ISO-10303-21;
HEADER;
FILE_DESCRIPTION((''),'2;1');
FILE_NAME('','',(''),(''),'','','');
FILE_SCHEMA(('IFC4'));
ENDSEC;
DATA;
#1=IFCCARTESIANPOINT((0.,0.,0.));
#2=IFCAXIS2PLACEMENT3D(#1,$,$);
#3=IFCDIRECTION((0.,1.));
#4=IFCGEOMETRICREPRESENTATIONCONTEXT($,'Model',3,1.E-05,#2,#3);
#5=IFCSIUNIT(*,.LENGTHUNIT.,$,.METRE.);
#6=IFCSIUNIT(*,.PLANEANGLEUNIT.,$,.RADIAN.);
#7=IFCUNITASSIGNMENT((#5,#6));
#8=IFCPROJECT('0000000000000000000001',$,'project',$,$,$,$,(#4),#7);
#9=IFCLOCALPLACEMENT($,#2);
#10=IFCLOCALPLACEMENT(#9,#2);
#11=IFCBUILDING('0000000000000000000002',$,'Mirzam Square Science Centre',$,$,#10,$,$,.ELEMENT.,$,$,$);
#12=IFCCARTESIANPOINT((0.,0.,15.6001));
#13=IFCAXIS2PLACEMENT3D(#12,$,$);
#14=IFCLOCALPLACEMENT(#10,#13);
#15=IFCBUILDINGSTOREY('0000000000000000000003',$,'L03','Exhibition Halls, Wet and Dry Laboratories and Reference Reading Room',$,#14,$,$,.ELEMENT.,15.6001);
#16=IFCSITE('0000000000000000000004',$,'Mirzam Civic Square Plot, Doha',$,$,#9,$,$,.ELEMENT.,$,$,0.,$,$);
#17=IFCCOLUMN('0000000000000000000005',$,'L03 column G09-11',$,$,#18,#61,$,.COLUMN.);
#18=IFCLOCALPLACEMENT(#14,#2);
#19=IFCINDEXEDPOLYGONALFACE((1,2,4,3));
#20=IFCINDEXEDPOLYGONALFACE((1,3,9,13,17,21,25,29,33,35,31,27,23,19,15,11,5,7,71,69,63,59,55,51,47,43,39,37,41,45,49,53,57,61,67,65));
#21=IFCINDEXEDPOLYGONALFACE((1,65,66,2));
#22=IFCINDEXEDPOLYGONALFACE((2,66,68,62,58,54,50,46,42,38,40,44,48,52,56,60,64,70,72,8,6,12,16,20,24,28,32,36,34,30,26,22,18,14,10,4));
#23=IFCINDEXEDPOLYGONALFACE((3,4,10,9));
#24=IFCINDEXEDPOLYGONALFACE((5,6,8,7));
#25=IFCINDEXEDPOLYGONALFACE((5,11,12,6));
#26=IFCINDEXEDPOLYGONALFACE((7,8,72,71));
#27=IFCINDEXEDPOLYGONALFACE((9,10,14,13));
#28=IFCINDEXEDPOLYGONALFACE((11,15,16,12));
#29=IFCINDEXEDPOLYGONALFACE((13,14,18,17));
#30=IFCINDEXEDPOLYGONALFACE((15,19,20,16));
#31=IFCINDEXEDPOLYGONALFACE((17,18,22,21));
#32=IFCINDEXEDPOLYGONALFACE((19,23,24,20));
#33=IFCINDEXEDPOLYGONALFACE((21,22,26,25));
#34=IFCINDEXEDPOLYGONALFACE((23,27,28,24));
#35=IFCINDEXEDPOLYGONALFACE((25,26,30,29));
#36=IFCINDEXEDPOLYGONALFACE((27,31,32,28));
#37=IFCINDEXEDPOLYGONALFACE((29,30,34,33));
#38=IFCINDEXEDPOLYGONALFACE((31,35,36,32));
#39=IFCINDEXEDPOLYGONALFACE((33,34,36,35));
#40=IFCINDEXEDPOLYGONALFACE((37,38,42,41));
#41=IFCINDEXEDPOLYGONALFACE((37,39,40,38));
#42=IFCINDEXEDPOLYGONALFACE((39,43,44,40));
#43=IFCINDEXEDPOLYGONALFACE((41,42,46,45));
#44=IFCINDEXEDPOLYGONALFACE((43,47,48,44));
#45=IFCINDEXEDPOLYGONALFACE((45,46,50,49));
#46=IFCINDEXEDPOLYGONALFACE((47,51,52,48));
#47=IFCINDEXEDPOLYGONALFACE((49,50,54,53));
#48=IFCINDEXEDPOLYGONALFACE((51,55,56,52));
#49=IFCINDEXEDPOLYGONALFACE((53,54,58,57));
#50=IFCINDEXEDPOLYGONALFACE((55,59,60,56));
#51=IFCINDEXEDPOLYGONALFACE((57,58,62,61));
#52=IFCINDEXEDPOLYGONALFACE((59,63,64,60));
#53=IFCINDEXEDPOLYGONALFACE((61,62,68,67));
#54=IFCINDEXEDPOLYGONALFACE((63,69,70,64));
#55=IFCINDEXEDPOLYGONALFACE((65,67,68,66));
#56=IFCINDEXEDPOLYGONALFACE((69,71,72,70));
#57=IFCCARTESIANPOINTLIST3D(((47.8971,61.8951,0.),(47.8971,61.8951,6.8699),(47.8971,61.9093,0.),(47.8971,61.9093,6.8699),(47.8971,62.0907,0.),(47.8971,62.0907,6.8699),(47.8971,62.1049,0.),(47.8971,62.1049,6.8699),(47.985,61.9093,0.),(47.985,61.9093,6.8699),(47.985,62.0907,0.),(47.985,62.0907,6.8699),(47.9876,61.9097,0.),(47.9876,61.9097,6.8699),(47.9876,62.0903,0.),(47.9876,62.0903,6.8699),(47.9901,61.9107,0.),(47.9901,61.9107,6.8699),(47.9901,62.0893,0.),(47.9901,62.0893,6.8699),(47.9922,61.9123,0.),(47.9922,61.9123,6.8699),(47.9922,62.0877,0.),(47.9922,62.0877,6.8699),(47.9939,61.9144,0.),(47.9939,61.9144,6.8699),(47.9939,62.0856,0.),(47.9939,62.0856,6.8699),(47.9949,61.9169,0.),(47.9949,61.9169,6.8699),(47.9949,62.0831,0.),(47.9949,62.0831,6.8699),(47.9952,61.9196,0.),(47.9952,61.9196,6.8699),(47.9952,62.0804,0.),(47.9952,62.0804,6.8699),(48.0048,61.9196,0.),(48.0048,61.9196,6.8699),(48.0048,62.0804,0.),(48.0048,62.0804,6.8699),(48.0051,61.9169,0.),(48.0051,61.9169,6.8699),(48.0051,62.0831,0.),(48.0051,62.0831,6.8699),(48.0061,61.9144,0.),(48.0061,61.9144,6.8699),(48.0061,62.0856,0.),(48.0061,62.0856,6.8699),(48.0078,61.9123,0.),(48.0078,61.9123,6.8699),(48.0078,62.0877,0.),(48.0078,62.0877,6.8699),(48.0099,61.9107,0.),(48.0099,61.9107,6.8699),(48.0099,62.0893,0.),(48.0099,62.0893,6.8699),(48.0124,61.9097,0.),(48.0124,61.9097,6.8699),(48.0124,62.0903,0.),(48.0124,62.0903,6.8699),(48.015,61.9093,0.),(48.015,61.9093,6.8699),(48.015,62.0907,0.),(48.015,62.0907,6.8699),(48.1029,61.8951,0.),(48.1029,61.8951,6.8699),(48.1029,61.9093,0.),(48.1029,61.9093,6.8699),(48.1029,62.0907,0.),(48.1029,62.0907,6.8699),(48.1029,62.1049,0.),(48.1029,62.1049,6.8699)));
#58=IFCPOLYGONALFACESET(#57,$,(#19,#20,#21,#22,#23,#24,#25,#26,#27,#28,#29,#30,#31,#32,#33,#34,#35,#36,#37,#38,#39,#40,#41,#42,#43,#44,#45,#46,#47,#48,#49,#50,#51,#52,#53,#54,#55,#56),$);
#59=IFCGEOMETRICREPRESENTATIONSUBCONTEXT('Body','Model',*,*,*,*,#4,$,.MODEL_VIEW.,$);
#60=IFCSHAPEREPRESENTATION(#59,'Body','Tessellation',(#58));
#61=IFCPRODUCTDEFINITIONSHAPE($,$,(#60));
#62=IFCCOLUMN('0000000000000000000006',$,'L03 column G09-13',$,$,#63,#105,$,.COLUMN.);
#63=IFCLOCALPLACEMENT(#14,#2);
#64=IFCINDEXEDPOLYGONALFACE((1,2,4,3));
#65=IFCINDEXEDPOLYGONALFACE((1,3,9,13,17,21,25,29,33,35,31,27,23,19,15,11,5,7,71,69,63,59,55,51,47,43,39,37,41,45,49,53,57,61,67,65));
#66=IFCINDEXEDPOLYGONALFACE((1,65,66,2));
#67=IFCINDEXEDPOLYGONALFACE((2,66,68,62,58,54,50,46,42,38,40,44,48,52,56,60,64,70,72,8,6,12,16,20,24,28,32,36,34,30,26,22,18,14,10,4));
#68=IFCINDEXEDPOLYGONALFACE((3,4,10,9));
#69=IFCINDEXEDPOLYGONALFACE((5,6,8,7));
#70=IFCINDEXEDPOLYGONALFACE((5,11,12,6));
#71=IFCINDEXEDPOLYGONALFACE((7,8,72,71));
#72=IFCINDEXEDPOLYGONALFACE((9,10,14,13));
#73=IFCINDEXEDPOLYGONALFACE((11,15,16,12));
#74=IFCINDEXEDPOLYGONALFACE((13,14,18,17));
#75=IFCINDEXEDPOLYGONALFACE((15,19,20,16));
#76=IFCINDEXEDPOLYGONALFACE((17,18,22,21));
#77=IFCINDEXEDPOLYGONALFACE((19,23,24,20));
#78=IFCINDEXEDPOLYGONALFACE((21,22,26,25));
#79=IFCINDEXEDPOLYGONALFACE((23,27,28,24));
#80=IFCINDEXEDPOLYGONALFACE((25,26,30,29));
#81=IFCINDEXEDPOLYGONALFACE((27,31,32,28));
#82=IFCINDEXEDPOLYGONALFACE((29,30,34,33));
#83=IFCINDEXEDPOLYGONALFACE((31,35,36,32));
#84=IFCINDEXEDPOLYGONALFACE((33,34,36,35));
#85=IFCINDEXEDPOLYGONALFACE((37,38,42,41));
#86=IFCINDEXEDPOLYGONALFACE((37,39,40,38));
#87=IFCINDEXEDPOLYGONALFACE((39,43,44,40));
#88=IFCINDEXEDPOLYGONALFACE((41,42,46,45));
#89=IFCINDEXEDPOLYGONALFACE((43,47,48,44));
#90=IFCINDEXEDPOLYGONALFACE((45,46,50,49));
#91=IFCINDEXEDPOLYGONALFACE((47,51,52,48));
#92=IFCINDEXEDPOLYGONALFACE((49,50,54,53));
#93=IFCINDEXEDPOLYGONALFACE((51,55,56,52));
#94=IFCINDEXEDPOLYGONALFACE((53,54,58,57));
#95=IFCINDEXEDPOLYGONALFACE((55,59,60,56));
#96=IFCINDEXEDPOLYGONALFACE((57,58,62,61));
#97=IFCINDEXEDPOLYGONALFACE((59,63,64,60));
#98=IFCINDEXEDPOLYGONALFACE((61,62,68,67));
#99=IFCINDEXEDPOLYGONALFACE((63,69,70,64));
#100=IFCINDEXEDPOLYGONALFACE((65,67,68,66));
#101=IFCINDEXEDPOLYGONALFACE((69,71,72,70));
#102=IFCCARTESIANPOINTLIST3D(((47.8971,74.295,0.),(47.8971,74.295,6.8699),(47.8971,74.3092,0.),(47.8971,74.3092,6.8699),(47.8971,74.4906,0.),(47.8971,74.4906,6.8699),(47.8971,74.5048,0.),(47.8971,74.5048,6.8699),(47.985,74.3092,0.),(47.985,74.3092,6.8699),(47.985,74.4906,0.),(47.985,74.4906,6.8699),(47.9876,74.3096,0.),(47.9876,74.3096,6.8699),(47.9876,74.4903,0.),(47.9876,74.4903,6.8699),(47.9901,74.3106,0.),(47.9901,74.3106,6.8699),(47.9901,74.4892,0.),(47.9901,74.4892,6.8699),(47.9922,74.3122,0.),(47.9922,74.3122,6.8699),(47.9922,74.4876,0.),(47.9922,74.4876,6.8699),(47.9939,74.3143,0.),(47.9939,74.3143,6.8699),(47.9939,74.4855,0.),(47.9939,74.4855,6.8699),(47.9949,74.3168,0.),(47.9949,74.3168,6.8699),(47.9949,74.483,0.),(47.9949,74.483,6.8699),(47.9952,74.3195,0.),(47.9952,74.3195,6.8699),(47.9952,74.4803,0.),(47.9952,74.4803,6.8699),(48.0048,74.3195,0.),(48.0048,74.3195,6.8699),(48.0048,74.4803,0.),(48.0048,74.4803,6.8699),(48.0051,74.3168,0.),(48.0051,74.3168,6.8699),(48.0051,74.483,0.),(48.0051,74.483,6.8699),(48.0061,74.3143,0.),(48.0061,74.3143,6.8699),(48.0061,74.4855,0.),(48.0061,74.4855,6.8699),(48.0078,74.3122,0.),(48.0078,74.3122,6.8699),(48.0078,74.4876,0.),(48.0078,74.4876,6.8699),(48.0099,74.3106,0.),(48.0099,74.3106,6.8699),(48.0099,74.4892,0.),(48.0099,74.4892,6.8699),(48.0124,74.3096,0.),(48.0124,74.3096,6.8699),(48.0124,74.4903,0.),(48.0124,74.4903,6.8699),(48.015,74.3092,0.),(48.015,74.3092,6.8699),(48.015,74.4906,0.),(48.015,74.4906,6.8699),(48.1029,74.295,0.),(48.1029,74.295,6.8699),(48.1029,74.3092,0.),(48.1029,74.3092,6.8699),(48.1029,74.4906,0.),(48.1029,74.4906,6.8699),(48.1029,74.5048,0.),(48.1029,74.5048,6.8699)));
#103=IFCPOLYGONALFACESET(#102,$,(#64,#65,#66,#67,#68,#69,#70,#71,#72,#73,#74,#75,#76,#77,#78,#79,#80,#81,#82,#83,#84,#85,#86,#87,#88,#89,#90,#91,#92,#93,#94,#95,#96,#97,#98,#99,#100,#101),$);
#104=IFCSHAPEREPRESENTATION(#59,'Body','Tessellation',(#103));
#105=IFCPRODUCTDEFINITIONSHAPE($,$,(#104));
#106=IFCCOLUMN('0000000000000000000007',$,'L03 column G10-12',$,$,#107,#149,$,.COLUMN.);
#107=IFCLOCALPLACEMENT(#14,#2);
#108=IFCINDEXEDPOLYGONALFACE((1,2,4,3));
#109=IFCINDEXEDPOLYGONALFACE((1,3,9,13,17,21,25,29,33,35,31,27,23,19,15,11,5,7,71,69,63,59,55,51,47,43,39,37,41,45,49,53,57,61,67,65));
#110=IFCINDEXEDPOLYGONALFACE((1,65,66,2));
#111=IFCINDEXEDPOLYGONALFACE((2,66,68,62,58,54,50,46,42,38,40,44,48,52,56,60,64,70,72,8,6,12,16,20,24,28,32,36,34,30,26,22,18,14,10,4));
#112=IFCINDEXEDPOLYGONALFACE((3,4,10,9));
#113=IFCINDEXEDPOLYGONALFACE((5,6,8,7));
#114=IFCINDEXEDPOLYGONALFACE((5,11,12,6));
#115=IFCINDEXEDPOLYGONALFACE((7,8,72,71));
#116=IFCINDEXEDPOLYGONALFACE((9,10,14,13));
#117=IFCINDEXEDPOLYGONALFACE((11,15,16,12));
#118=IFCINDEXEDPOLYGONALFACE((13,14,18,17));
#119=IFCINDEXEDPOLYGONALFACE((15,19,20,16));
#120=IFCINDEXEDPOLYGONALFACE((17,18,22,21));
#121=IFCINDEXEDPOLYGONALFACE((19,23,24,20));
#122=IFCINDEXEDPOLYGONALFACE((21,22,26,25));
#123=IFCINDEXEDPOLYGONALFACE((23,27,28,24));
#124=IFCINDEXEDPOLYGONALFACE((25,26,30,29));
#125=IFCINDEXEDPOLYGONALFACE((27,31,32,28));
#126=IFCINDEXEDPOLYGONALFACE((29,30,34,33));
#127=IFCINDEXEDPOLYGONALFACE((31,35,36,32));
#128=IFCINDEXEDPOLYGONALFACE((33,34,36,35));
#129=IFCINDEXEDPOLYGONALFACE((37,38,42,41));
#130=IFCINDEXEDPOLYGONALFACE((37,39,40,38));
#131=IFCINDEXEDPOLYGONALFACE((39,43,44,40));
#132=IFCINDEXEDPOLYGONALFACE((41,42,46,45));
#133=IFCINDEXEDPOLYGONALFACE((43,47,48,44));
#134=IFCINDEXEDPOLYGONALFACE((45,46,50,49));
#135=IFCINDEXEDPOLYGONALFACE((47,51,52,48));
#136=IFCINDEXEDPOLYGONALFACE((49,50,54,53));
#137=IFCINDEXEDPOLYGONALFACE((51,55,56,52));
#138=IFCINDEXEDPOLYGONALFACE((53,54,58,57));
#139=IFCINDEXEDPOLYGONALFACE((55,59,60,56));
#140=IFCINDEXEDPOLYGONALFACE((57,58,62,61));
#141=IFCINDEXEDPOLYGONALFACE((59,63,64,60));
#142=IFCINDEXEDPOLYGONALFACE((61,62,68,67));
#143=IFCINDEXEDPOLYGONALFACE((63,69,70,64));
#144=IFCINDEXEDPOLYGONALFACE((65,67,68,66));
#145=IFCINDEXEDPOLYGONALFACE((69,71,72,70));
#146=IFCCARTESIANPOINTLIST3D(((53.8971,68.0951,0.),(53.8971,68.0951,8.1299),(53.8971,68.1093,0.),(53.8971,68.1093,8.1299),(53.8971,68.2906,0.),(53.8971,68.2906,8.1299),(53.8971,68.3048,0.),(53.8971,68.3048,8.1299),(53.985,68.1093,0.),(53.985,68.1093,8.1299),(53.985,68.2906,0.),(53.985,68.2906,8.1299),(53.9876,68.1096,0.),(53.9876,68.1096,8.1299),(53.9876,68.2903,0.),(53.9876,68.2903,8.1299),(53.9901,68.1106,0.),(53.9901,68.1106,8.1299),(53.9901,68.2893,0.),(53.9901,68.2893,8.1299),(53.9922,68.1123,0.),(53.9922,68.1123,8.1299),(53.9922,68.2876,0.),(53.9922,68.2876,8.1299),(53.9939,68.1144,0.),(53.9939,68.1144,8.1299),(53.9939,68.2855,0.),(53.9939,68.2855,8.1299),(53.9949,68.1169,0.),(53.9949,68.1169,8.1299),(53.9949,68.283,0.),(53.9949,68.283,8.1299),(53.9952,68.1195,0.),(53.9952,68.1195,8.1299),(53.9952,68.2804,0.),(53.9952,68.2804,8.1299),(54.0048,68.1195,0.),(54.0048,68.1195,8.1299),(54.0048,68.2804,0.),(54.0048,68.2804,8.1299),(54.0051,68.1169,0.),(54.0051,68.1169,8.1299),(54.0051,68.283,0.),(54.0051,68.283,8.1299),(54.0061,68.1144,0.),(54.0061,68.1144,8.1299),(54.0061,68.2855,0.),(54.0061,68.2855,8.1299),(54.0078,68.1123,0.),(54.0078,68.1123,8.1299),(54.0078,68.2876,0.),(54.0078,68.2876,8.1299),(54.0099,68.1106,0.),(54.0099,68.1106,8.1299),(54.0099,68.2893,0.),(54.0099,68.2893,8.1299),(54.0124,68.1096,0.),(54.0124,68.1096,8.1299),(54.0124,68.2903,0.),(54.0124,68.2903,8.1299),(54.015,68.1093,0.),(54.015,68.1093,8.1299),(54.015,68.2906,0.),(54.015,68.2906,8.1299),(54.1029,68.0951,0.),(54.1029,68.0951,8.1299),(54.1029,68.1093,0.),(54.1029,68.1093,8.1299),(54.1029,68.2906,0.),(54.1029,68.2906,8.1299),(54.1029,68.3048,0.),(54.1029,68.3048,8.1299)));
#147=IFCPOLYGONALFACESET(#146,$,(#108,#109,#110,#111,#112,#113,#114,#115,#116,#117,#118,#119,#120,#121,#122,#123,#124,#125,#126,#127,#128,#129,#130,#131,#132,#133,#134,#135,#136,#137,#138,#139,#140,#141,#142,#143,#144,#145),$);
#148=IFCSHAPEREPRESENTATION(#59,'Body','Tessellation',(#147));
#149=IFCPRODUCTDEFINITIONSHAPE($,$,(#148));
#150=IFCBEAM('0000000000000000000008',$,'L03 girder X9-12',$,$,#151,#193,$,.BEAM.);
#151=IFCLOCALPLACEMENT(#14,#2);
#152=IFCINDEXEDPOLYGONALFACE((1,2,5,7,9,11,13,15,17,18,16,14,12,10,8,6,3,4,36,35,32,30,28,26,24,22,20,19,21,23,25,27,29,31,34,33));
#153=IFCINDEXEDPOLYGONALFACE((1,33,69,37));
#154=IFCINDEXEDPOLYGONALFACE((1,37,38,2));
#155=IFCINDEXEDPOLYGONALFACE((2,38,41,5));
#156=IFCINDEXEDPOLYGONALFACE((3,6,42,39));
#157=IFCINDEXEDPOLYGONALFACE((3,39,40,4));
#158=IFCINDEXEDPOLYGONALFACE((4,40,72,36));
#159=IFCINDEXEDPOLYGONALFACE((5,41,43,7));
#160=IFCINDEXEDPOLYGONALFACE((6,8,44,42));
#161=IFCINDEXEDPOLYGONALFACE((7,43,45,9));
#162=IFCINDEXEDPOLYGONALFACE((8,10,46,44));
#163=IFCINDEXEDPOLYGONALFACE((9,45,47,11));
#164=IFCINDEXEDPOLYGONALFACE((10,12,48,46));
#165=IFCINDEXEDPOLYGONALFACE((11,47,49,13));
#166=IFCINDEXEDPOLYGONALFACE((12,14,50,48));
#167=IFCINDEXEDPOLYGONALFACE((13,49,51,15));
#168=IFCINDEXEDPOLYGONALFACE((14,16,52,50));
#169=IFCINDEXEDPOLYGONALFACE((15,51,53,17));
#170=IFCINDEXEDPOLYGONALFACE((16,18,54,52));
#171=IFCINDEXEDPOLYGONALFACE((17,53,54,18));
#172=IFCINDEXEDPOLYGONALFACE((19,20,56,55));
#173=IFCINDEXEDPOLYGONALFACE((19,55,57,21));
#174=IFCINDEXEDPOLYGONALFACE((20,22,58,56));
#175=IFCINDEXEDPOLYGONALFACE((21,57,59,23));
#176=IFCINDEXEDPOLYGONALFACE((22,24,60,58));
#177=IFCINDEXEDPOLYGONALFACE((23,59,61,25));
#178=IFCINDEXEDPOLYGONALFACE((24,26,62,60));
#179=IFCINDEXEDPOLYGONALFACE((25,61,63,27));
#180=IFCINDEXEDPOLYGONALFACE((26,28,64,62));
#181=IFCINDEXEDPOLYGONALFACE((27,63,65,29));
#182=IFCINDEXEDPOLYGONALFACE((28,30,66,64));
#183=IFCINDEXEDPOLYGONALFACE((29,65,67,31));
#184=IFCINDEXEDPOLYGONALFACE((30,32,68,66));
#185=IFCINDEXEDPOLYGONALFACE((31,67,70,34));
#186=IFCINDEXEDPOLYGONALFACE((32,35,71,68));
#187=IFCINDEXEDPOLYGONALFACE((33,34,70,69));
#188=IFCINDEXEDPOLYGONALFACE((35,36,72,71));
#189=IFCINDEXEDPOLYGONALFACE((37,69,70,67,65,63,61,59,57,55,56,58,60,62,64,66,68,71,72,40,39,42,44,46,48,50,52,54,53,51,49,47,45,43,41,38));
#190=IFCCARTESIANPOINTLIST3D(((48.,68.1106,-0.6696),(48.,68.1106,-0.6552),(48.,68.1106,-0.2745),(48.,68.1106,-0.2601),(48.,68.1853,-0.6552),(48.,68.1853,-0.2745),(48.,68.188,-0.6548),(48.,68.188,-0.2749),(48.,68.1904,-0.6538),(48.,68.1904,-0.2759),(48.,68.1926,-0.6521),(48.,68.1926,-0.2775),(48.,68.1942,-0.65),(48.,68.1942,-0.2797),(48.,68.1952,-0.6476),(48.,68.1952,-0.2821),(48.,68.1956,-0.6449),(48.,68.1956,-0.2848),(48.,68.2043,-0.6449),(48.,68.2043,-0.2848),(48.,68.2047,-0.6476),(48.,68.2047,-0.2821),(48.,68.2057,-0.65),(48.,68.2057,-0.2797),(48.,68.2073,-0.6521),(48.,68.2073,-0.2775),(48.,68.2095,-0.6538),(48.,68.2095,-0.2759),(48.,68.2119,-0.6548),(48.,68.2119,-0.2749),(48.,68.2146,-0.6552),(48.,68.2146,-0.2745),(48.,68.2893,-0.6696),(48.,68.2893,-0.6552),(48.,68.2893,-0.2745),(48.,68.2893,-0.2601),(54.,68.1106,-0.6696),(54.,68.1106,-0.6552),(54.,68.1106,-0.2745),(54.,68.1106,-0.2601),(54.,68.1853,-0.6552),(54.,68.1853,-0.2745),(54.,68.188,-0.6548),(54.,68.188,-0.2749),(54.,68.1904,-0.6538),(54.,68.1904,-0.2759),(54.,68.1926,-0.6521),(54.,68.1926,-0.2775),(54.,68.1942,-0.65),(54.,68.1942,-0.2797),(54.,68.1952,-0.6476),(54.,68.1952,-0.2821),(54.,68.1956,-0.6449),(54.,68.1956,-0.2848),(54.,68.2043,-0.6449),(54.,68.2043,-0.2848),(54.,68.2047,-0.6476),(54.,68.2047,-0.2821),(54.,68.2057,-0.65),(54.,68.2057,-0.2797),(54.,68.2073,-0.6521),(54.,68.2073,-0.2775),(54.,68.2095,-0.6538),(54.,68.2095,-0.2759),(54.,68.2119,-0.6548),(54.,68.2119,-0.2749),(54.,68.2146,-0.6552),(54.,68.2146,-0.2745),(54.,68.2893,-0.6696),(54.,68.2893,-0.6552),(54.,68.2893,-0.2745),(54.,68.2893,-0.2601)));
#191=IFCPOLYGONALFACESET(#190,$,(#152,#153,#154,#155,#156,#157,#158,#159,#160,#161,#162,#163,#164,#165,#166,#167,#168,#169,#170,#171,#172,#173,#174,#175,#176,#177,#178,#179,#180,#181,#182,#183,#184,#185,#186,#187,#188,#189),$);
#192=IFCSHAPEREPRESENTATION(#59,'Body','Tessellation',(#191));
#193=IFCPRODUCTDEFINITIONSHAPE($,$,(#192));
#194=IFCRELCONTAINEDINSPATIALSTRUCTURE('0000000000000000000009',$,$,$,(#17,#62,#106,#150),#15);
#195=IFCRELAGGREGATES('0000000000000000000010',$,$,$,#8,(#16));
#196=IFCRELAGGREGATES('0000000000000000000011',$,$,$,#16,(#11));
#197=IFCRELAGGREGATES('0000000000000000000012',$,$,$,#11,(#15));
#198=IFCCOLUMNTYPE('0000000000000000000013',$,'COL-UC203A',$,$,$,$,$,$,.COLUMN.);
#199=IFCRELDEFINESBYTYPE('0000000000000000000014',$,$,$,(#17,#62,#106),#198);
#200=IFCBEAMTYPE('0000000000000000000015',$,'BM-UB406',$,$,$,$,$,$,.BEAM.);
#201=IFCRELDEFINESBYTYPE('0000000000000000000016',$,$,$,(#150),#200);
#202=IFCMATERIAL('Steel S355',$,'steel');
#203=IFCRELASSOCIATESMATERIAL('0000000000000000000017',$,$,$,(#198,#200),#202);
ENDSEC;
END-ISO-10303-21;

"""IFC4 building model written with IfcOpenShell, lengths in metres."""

from ifc_helpers import new_model, si_unit, direction, frame, origin, origin_2d, place, context, subcontext, project, spatial, i_section, extrude, material, material_profile, profile_set, type_object, element, save


model = new_model("IFC4")

# Units and contexts
model_context = context("Model", 3, precision=1e-05, world=origin(), true_north=direction((0.0, 1.0)))
body_context = subcontext(model_context, "Body", "Model", "MODEL_VIEW")
ifc_project = project(units=[si_unit("LENGTHUNIT", "METRE"), si_unit("PLANEANGLEUNIT", "RADIAN")], contexts=[model_context])

# Site, building, storey
site_placement = place(None, origin())
site = spatial("IfcSite", under=ifc_project, at=site_placement, Name="Mirzam Civic Square Plot, Doha", CompositionType="ELEMENT", RefElevation=0.0)
building_placement = place(site_placement, origin())
building = spatial("IfcBuilding", under=site, at=building_placement, Name="Mirzam Square Science Centre", CompositionType="ELEMENT")
storey_placement = place(building_placement, frame((0.0, 0.0, 15.6001)))
storey = spatial("IfcBuildingStorey", under=building, at=storey_placement, Name="L03", Description="Exhibition Halls, Wet and Dry Laboratories and Reference Reading Room", CompositionType="ELEMENT", Elevation=15.6001)

# Columns
ifc_material_1 = material(Name="Steel S355", Category="steel")
ifc_material_profile_1 = material_profile(ifc_material_1, i_section(OverallWidth=0.2058, OverallDepth=0.2097, WebThickness=0.0095, FlangeThickness=0.0142, FilletRadius=0.0103, at=origin_2d()), Name="203x203x60UC")
ifc_profile_set_1 = profile_set([ifc_material_profile_1], Name="Steel S355")
column_type_1 = type_object("IfcColumnType", Name="COL-UC203A", PredefinedType="COLUMN", material=ifc_profile_set_1)
for number, where, z_axis, x_axis, name in (
    (1, (48.0, 62.0, 0.0), (0.0, 0.0, 1.0), (1.0, 0.0, 0.0), "L03 column G09-11"),
    (2, (48.0, 74.3999, 0.0), (0.0, 0.0, 1.0), (1.0, 0.0, 0.0), "L03 column G09-13"),
):
    element("IfcColumn", number, at=place(storey_placement, frame(where, z_axis=z_axis, x_axis=x_axis)), inside=storey, type_object=column_type_1, Name=name, PredefinedType="COLUMN", context=body_context, shape_type="SweptSolid", body=[
        extrude(i_section(OverallWidth=0.2058, OverallDepth=0.2097, WebThickness=0.0095, FlangeThickness=0.0142, FilletRadius=0.0103, at=origin_2d()), origin(), (0.0, 0.0, 1.0), 6.8699),
    ])
column_1_placement = place(storey_placement, frame((54.0, 68.2, 0.0), z_axis=(0.0, 0.0, 1.0), x_axis=(1.0, 0.0, 0.0)))
element("IfcColumn", 3, at=column_1_placement, inside=storey, type_object=column_type_1, Name="L03 column G10-12", PredefinedType="COLUMN", context=body_context, shape_type="SweptSolid", body=[
    extrude(i_section(OverallWidth=0.2058, OverallDepth=0.2097, WebThickness=0.0095, FlangeThickness=0.0142, FilletRadius=0.0103, at=origin_2d()), origin(), (0.0, 0.0, 1.0), 8.1299),
])

# Beam
ifc_material_profile_2 = material_profile(ifc_material_1, i_section(OverallWidth=0.1787, OverallDepth=0.4094, WebThickness=0.0088, FlangeThickness=0.0144, FilletRadius=0.0103, at=origin_2d()), Name="406x178x67UB")
ifc_profile_set_2 = profile_set([ifc_material_profile_2], Name="Steel S355")
beam_type_1 = type_object("IfcBeamType", Name="BM-UB406", PredefinedType="BEAM", material=ifc_profile_set_2)
beam_1_placement = place(storey_placement, frame((48.0, 68.2, -0.4648), z_axis=(1.0, 0.0, 0.0), x_axis=(0.0, 1.0, 0.0)))
element("IfcBeam", 4, at=beam_1_placement, inside=storey, type_object=beam_type_1, Name="L03 girder X9-12", PredefinedType="BEAM", context=body_context, shape_type="SweptSolid", body=[
    extrude(i_section(OverallWidth=0.1787, OverallDepth=0.4094, WebThickness=0.0088, FlangeThickness=0.0144, FilletRadius=0.0103, at=origin_2d()), origin(), (0.0, 0.0, 1.0), 6.0),
])

save(model, "model.ifc")
